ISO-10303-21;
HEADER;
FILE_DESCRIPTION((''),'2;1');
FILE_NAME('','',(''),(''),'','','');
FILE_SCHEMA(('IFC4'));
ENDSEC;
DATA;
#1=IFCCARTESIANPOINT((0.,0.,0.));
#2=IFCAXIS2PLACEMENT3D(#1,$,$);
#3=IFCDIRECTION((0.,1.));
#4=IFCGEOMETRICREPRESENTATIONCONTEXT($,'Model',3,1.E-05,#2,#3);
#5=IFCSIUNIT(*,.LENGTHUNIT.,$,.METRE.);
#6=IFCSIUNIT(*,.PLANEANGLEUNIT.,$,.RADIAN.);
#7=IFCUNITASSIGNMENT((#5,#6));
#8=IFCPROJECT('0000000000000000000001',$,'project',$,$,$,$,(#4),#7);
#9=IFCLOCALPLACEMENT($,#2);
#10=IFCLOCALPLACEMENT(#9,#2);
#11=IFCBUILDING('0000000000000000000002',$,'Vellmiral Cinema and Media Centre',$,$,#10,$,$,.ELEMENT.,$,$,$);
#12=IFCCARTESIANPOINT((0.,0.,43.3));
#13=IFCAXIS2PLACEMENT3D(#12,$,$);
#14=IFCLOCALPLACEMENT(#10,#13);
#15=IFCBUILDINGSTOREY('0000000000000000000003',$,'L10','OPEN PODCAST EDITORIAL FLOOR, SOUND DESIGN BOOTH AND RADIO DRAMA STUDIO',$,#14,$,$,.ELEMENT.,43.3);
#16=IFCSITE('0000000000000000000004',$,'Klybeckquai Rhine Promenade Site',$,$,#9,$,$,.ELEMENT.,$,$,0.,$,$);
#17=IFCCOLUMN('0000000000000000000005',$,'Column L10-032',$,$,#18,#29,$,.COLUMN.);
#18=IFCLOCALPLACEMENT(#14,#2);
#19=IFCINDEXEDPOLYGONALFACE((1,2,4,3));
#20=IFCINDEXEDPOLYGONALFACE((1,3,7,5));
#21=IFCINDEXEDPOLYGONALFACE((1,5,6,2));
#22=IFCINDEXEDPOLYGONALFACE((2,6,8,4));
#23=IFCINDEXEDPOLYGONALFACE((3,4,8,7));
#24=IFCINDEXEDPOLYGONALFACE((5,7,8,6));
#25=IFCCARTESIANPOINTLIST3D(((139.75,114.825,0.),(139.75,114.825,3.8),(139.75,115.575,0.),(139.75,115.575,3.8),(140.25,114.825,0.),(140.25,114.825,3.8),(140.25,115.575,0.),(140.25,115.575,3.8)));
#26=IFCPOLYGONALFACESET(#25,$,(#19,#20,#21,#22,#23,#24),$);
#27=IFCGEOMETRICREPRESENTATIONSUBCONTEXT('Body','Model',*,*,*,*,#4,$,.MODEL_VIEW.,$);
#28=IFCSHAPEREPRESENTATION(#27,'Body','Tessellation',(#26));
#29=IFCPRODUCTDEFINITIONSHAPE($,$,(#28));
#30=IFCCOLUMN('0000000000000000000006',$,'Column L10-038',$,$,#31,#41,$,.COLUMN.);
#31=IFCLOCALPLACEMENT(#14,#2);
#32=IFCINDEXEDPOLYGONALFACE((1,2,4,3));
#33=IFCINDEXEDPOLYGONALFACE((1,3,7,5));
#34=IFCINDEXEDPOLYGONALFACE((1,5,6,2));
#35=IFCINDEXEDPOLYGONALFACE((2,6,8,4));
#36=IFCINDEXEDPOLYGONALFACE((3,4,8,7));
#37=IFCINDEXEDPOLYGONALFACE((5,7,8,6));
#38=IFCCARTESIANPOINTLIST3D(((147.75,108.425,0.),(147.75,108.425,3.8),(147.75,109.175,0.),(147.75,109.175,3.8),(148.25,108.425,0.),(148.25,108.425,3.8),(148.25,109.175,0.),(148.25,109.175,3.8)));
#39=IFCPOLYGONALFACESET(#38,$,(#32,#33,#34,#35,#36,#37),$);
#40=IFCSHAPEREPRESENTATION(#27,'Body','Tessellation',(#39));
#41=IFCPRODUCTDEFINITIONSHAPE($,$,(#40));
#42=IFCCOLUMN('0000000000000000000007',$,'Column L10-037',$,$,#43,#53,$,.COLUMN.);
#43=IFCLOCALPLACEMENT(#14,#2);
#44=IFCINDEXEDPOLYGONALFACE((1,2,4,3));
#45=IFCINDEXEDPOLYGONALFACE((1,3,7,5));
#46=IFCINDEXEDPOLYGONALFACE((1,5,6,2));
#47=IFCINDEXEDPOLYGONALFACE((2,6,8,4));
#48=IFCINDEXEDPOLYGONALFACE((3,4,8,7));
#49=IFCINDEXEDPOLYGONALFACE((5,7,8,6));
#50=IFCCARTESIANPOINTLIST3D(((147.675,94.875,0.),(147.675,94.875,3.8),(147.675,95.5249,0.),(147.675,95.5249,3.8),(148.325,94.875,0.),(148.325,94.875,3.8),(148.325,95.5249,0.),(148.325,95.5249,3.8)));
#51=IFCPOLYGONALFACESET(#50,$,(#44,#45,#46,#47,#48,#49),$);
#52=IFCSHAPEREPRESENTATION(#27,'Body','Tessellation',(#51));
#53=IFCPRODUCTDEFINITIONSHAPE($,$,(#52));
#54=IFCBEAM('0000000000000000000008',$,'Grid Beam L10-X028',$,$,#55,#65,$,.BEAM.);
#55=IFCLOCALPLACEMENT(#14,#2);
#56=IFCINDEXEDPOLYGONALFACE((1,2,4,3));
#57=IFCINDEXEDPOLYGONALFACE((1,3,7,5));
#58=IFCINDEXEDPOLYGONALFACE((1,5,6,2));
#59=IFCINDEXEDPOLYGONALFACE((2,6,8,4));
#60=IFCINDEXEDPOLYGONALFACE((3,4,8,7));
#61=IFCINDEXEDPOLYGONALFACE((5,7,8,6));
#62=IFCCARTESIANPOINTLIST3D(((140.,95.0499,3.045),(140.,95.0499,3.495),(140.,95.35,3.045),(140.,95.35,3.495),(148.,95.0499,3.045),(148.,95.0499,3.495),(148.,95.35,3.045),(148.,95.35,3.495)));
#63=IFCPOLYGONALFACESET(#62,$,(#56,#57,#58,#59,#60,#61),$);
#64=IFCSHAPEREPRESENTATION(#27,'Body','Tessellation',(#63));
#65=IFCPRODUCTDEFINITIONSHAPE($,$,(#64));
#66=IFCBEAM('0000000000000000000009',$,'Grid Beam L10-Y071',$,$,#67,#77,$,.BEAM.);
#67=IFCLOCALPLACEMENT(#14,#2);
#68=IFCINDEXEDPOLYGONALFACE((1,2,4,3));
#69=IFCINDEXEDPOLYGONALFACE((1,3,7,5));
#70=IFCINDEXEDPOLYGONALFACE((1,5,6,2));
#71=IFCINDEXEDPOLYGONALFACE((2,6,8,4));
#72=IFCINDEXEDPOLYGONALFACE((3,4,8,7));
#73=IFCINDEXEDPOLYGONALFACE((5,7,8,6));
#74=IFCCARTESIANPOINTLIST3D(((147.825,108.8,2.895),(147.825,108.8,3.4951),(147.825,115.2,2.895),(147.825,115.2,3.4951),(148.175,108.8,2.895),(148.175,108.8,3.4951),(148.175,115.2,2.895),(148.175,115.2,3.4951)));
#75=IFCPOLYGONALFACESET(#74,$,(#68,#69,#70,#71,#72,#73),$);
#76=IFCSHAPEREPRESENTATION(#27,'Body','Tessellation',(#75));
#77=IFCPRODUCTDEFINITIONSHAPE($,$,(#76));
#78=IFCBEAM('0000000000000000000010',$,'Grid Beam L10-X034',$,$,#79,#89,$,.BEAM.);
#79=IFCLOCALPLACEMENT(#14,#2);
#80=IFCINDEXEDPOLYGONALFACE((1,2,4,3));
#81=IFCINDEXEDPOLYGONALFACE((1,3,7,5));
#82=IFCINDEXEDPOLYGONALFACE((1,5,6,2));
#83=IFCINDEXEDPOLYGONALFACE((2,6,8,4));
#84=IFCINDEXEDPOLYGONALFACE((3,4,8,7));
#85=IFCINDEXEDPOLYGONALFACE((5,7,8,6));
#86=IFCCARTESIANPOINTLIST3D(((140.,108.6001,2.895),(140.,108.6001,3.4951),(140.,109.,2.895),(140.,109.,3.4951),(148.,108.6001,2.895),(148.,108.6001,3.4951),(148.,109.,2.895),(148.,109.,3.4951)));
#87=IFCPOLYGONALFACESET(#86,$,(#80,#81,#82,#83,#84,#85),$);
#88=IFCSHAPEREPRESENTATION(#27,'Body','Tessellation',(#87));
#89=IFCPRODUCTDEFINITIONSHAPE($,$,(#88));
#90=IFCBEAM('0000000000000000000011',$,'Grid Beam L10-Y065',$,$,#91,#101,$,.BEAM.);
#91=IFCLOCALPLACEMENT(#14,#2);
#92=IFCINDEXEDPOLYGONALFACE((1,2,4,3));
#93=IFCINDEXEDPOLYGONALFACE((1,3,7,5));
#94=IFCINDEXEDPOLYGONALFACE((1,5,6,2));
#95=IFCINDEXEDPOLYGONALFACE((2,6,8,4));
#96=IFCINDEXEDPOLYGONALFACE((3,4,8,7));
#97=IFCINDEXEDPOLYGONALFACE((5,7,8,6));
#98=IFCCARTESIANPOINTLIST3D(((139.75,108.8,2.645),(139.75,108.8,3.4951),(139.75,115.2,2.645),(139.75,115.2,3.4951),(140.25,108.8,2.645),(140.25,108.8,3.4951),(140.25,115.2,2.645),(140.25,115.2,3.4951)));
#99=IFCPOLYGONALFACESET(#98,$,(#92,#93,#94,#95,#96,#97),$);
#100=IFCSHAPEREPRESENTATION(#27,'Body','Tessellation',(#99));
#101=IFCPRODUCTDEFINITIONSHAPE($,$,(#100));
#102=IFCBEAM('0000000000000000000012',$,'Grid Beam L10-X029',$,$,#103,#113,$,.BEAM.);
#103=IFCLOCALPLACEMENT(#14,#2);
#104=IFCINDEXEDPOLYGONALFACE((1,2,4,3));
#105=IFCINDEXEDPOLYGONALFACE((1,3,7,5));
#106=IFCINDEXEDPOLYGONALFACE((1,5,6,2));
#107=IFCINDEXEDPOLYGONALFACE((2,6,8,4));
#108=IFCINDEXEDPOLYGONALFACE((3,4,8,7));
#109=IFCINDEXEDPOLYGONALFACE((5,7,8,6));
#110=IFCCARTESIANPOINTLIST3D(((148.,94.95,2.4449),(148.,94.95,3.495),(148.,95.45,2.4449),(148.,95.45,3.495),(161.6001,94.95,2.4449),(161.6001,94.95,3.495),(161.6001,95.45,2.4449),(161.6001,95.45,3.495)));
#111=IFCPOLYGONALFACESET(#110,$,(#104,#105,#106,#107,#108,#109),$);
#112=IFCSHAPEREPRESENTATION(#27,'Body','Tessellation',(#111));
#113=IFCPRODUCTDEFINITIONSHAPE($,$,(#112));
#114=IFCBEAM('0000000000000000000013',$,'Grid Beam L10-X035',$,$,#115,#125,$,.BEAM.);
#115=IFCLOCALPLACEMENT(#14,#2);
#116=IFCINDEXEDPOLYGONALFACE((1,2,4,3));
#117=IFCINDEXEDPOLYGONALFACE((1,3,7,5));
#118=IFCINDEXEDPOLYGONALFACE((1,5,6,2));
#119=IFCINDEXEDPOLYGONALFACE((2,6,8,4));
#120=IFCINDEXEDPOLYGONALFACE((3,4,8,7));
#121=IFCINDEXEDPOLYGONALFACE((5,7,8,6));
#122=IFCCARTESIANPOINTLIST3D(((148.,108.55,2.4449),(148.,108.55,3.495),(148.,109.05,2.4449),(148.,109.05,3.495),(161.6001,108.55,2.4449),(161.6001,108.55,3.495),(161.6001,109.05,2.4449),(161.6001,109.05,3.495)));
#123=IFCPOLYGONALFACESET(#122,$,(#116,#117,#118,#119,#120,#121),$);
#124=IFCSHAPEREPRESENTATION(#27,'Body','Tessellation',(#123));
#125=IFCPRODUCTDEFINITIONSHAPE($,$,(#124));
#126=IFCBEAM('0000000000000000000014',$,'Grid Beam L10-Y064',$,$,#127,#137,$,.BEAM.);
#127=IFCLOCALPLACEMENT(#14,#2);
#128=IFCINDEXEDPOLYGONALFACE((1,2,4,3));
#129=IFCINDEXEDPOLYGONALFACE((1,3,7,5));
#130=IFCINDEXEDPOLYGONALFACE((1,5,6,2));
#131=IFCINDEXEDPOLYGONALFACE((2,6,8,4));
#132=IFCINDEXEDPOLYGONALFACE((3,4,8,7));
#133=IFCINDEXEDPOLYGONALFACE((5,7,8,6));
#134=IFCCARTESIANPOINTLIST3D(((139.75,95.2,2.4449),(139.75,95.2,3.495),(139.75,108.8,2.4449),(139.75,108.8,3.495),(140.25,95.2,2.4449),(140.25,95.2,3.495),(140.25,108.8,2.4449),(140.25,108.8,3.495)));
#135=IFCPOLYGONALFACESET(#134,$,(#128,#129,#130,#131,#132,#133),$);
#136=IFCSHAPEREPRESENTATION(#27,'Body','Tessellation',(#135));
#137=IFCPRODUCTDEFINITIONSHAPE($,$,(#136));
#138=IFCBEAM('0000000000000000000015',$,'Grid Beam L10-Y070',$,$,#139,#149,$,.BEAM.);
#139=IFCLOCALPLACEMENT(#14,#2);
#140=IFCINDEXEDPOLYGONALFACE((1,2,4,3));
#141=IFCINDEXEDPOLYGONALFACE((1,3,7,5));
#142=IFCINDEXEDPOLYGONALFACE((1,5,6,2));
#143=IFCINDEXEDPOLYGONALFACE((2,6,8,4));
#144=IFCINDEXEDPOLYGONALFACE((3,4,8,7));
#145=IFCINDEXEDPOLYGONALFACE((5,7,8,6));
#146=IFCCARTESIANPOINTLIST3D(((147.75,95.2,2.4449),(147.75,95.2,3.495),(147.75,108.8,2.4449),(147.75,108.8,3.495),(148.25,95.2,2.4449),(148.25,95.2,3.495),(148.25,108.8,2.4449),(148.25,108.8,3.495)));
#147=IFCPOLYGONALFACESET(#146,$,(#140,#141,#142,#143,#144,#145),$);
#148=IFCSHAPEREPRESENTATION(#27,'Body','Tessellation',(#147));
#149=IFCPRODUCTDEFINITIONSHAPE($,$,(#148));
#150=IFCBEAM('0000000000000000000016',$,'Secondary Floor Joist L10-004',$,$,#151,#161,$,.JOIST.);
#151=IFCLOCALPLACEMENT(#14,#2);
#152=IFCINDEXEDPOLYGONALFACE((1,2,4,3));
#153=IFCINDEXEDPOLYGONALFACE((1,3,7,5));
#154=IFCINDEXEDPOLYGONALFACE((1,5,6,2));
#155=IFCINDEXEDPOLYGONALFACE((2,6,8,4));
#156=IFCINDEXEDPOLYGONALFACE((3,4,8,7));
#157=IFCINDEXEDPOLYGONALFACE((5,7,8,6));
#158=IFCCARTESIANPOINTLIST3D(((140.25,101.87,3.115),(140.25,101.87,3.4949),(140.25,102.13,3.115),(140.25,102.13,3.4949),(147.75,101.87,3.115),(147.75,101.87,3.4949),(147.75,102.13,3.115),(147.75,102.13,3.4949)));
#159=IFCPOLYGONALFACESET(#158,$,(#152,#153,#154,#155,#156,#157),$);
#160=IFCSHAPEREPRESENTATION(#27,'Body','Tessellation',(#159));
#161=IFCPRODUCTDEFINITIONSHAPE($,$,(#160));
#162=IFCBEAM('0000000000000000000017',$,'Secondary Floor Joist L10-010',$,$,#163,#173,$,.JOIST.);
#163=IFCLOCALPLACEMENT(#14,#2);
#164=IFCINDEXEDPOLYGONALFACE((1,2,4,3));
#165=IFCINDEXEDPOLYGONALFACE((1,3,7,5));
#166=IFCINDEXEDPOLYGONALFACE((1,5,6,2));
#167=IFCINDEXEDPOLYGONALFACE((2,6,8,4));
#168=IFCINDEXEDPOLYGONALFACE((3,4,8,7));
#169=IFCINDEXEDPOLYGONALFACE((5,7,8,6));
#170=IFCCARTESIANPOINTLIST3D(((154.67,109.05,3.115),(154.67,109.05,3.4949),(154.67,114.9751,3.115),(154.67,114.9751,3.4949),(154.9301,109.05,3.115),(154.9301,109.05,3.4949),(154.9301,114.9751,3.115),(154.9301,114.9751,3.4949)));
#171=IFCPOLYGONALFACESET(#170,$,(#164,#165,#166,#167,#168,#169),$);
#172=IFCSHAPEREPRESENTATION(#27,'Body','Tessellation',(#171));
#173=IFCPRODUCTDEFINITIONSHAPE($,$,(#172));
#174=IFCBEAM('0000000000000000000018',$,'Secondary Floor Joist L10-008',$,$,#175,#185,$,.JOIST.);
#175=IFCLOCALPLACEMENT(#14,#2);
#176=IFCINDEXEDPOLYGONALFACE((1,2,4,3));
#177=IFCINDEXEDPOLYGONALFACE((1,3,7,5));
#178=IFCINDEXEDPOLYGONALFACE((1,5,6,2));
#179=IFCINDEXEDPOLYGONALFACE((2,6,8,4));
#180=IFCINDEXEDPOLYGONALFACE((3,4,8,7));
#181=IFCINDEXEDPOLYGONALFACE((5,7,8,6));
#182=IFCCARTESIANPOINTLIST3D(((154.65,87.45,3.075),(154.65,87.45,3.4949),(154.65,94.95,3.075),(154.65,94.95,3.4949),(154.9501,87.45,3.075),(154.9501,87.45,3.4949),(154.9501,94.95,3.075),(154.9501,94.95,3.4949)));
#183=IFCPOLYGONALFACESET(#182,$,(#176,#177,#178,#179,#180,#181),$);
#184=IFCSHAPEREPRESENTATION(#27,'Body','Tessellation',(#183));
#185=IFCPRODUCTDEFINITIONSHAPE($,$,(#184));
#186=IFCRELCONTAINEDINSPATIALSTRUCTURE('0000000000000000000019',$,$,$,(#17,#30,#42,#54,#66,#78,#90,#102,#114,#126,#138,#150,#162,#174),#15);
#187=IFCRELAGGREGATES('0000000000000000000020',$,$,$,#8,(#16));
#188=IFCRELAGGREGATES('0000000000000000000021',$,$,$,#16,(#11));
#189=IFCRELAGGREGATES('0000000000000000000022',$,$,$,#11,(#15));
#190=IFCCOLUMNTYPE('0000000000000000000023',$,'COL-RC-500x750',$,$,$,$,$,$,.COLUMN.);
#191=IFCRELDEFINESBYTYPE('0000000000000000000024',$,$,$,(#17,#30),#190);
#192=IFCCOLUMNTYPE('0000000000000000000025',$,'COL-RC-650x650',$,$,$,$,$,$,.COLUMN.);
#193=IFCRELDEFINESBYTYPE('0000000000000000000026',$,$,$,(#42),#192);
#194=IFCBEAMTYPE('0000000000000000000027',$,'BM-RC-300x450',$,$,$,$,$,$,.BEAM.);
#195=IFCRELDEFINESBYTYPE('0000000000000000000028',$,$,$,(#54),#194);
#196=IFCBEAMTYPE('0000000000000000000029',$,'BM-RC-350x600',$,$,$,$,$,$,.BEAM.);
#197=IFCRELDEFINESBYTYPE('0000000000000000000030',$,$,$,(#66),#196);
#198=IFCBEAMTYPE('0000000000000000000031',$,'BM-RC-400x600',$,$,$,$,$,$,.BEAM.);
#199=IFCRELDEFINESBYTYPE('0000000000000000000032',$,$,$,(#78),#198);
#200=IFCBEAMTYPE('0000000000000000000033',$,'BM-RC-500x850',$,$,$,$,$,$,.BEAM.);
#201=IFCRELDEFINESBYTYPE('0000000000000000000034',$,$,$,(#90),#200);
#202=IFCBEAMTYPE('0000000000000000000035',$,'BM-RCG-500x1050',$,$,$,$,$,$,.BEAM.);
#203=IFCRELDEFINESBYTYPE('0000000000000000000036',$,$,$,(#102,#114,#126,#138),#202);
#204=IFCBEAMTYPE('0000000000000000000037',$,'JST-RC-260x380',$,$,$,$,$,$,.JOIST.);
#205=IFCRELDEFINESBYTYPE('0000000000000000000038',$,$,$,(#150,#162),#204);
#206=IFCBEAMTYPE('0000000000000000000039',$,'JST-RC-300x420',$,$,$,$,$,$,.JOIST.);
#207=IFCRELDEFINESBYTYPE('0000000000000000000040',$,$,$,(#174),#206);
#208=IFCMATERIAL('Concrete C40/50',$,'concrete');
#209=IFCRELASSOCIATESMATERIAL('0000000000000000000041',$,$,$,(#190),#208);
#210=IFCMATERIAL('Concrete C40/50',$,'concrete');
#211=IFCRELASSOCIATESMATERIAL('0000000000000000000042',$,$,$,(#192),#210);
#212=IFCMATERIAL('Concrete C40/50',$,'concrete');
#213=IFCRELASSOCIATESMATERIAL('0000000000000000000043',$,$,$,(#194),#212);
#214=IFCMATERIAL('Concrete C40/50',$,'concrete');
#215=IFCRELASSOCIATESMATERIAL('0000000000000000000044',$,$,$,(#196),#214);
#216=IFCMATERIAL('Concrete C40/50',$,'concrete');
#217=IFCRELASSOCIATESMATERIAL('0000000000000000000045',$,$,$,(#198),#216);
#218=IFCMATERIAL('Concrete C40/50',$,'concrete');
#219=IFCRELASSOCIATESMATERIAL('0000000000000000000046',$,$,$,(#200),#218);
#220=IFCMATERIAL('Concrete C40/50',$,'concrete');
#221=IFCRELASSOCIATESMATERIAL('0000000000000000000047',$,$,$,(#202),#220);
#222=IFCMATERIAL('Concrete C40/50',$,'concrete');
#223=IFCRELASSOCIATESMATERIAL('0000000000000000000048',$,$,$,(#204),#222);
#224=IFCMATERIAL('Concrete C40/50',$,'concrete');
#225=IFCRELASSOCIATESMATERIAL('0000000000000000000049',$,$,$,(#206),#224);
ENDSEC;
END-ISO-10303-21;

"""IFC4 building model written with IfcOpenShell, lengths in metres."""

from ifc_helpers import new_model, si_unit, direction, frame, origin, origin_2d, place, context, subcontext, project, spatial, rectangle, extrude, material, material_profile, profile_set, type_object, element, save


model = new_model("IFC4")

# Units and contexts
model_context = context("Model", 3, precision=1e-05, world=origin(), true_north=direction((0.0, 1.0)))
body_context = subcontext(model_context, "Body", "Model", "MODEL_VIEW")
ifc_project = project(units=[si_unit("LENGTHUNIT", "METRE"), si_unit("PLANEANGLEUNIT", "RADIAN")], contexts=[model_context])

# Site, building, storey
site_placement = place(None, origin())
site = spatial("IfcSite", under=ifc_project, at=site_placement, Name="Klybeckquai Rhine Promenade Site", CompositionType="ELEMENT", RefElevation=0.0)
building_placement = place(site_placement, origin())
building = spatial("IfcBuilding", under=site, at=building_placement, Name="Vellmiral Cinema and Media Centre", CompositionType="ELEMENT")
storey_placement = place(building_placement, frame((0.0, 0.0, 43.3)))
storey = spatial("IfcBuildingStorey", under=building, at=storey_placement, Name="L10", Description="OPEN PODCAST EDITORIAL FLOOR, SOUND DESIGN BOOTH AND RADIO DRAMA STUDIO", CompositionType="ELEMENT", Elevation=43.3)

# Columns
ifc_material_1 = material(Name="Concrete C40/50", Category="concrete")
ifc_material_profile_1 = material_profile(ifc_material_1, rectangle(XDim=0.5, YDim=0.75, at=origin_2d()), Name="RC 500x750")
ifc_profile_set_1 = profile_set([ifc_material_profile_1], Name="Concrete C40/50")
column_type_1 = type_object("IfcColumnType", Name="COL-RC-500x750", PredefinedType="COLUMN", material=ifc_profile_set_1)
for number, where, z_axis, x_axis, name in (
    (1, (140.0, 115.2, 0.0), (0.0, 0.0, 1.0), (1.0, 0.0, 0.0), "Column L10-032"),
    (2, (148.0, 108.8, 0.0), (0.0, 0.0, 1.0), (1.0, 0.0, 0.0), "Column L10-038"),
):
    element("IfcColumn", number, at=place(storey_placement, frame(where, z_axis=z_axis, x_axis=x_axis)), inside=storey, type_object=column_type_1, Name=name, PredefinedType="COLUMN", context=body_context, shape_type="SweptSolid", body=[
        extrude(rectangle(XDim=0.5, YDim=0.75, at=origin_2d()), origin(), (0.0, 0.0, 1.0), 3.8),
    ])
ifc_material_2 = material(Name="Concrete C40/50", Category="concrete")
ifc_material_profile_2 = material_profile(ifc_material_2, rectangle(XDim=0.6499, YDim=0.6499, at=origin_2d()), Name="RC 650x650")
ifc_profile_set_2 = profile_set([ifc_material_profile_2], Name="Concrete C40/50")
column_type_2 = type_object("IfcColumnType", Name="COL-RC-650x650", PredefinedType="COLUMN", material=ifc_profile_set_2)
column_placement = place(storey_placement, frame((148.0, 95.2, 0.0), z_axis=(0.0, 0.0, 1.0), x_axis=(1.0, 0.0, 0.0)))
element("IfcColumn", 3, at=column_placement, inside=storey, type_object=column_type_2, Name="Column L10-037", PredefinedType="COLUMN", context=body_context, shape_type="SweptSolid", body=[
    extrude(rectangle(XDim=0.6499, YDim=0.6499, at=origin_2d()), origin(), (0.0, 0.0, 1.0), 3.8),
])

# Beams
ifc_material_3 = material(Name="Concrete C40/50", Category="concrete")
ifc_material_profile_3 = material_profile(ifc_material_3, rectangle(XDim=0.3, YDim=0.45, at=origin_2d()), Name="RC 300x450")
ifc_profile_set_3 = profile_set([ifc_material_profile_3], Name="Concrete C40/50")
beam_type_1 = type_object("IfcBeamType", Name="BM-RC-300x450", PredefinedType="BEAM", material=ifc_profile_set_3)
beam_1_placement = place(storey_placement, frame((140.0, 95.2, 3.27), z_axis=(1.0, 0.0, 0.0), x_axis=(0.0, 1.0, 0.0)))
element("IfcBeam", 4, at=beam_1_placement, inside=storey, type_object=beam_type_1, Name="Grid Beam L10-X028", PredefinedType="BEAM", context=body_context, shape_type="SweptSolid", body=[
    extrude(rectangle(XDim=0.3, YDim=0.45, at=origin_2d()), origin(), (0.0, 0.0, 1.0), 8.0),
])
ifc_material_4 = material(Name="Concrete C40/50", Category="concrete")
ifc_material_profile_4 = material_profile(ifc_material_4, rectangle(XDim=0.3501, YDim=0.6001, at=origin_2d()), Name="RC 350x600")
ifc_profile_set_4 = profile_set([ifc_material_profile_4], Name="Concrete C40/50")
beam_type_2 = type_object("IfcBeamType", Name="BM-RC-350x600", PredefinedType="BEAM", material=ifc_profile_set_4)
beam_2_placement = place(storey_placement, frame((148.0, 108.8, 3.1951), z_axis=(0.0, 1.0, 0.0), x_axis=(-1.0, 0.0, 0.0)))
element("IfcBeam", 5, at=beam_2_placement, inside=storey, type_object=beam_type_2, Name="Grid Beam L10-Y071", PredefinedType="BEAM", context=body_context, shape_type="SweptSolid", body=[
    extrude(rectangle(XDim=0.3501, YDim=0.6001, at=origin_2d()), origin(), (0.0, 0.0, 1.0), 6.3999),
])
ifc_material_5 = material(Name="Concrete C40/50", Category="concrete")
ifc_material_profile_5 = material_profile(ifc_material_5, rectangle(XDim=0.3999, YDim=0.6001, at=origin_2d()), Name="RC 400x600")
ifc_profile_set_5 = profile_set([ifc_material_profile_5], Name="Concrete C40/50")
beam_type_3 = type_object("IfcBeamType", Name="BM-RC-400x600", PredefinedType="BEAM", material=ifc_profile_set_5)
beam_3_placement = place(storey_placement, frame((140.0, 108.8, 3.1951), z_axis=(1.0, 0.0, 0.0), x_axis=(0.0, 1.0, 0.0)))
element("IfcBeam", 6, at=beam_3_placement, inside=storey, type_object=beam_type_3, Name="Grid Beam L10-X034", PredefinedType="BEAM", context=body_context, shape_type="SweptSolid", body=[
    extrude(rectangle(XDim=0.3999, YDim=0.6001, at=origin_2d()), origin(), (0.0, 0.0, 1.0), 8.0),
])
ifc_material_6 = material(Name="Concrete C40/50", Category="concrete")
ifc_material_profile_6 = material_profile(ifc_material_6, rectangle(XDim=0.5, YDim=0.8501, at=origin_2d()), Name="RC 500x850")
ifc_profile_set_6 = profile_set([ifc_material_profile_6], Name="Concrete C40/50")
beam_type_4 = type_object("IfcBeamType", Name="BM-RC-500x850", PredefinedType="BEAM", material=ifc_profile_set_6)
beam_4_placement = place(storey_placement, frame((140.0, 108.8, 3.0701), z_axis=(0.0, 1.0, 0.0), x_axis=(-1.0, 0.0, 0.0)))
element("IfcBeam", 7, at=beam_4_placement, inside=storey, type_object=beam_type_4, Name="Grid Beam L10-Y065", PredefinedType="BEAM", context=body_context, shape_type="SweptSolid", body=[
    extrude(rectangle(XDim=0.5, YDim=0.8501, at=origin_2d()), origin(), (0.0, 0.0, 1.0), 6.3999),
])
ifc_material_7 = material(Name="Concrete C40/50", Category="concrete")
ifc_material_profile_7 = material_profile(ifc_material_7, rectangle(XDim=0.5, YDim=1.05, at=origin_2d()), Name="RC 500x1050")
ifc_profile_set_7 = profile_set([ifc_material_profile_7], Name="Concrete C40/50")
beam_type_5 = type_object("IfcBeamType", Name="BM-RCG-500x1050", PredefinedType="BEAM", material=ifc_profile_set_7)
for number, where, z_axis, x_axis, name in (
    (8, (148.0, 95.2, 2.97), (1.0, 0.0, 0.0), (0.0, 1.0, 0.0), "Grid Beam L10-X029"),
    (9, (148.0, 108.8, 2.97), (1.0, 0.0, 0.0), (0.0, 1.0, 0.0), "Grid Beam L10-X035"),
    (10, (140.0, 95.2, 2.97), (0.0, 1.0, 0.0), (-1.0, 0.0, 0.0), "Grid Beam L10-Y064"),
    (11, (148.0, 95.2, 2.97), (0.0, 1.0, 0.0), (-1.0, 0.0, 0.0), "Grid Beam L10-Y070"),
):
    element("IfcBeam", number, at=place(storey_placement, frame(where, z_axis=z_axis, x_axis=x_axis)), inside=storey, type_object=beam_type_5, Name=name, PredefinedType="BEAM", context=body_context, shape_type="SweptSolid", body=[
        extrude(rectangle(XDim=0.5, YDim=1.05, at=origin_2d()), origin(), (0.0, 0.0, 1.0), 13.6001),
    ])
ifc_material_8 = material(Name="Concrete C40/50", Category="concrete")
ifc_material_profile_8 = material_profile(ifc_material_8, rectangle(XDim=0.26, YDim=0.3799, at=origin_2d()), Name="RC 260x380")
ifc_profile_set_8 = profile_set([ifc_material_profile_8], Name="Concrete C40/50")
beam_type_6 = type_object("IfcBeamType", Name="JST-RC-260x380", PredefinedType="JOIST", material=ifc_profile_set_8)
beam_5_placement = place(storey_placement, frame((140.25, 102.0, 3.3049), z_axis=(1.0, 0.0, 0.0), x_axis=(0.0, 1.0, 0.0)))
element("IfcBeam", 12, at=beam_5_placement, inside=storey, type_object=beam_type_6, Name="Secondary Floor Joist L10-004", PredefinedType="JOIST", context=body_context, shape_type="SweptSolid", body=[
    extrude(rectangle(XDim=0.26, YDim=0.3799, at=origin_2d()), origin(), (0.0, 0.0, 1.0), 7.5),
])
beam_6_placement = place(storey_placement, frame((154.8, 109.05, 3.3049), z_axis=(0.0, 1.0, 0.0), x_axis=(-1.0, 0.0, 0.0)))
element("IfcBeam", 13, at=beam_6_placement, inside=storey, type_object=beam_type_6, Name="Secondary Floor Joist L10-010", PredefinedType="JOIST", context=body_context, shape_type="SweptSolid", body=[
    extrude(rectangle(XDim=0.26, YDim=0.3799, at=origin_2d()), origin(), (0.0, 0.0, 1.0), 5.925),
])
ifc_material_9 = material(Name="Concrete C40/50", Category="concrete")
ifc_material_profile_9 = material_profile(ifc_material_9, rectangle(XDim=0.3, YDim=0.4199, at=origin_2d()), Name="RC 300x420")
ifc_profile_set_9 = profile_set([ifc_material_profile_9], Name="Concrete C40/50")
beam_type_7 = type_object("IfcBeamType", Name="JST-RC-300x420", PredefinedType="JOIST", material=ifc_profile_set_9)
beam_7_placement = place(storey_placement, frame((154.8, 87.45, 3.2849), z_axis=(0.0, 1.0, 0.0), x_axis=(-1.0, 0.0, 0.0)))
element("IfcBeam", 14, at=beam_7_placement, inside=storey, type_object=beam_type_7, Name="Secondary Floor Joist L10-008", PredefinedType="JOIST", context=body_context, shape_type="SweptSolid", body=[
    extrude(rectangle(XDim=0.3, YDim=0.4199, at=origin_2d()), origin(), (0.0, 0.0, 1.0), 7.5),
])

save(model, "model.ifc")
